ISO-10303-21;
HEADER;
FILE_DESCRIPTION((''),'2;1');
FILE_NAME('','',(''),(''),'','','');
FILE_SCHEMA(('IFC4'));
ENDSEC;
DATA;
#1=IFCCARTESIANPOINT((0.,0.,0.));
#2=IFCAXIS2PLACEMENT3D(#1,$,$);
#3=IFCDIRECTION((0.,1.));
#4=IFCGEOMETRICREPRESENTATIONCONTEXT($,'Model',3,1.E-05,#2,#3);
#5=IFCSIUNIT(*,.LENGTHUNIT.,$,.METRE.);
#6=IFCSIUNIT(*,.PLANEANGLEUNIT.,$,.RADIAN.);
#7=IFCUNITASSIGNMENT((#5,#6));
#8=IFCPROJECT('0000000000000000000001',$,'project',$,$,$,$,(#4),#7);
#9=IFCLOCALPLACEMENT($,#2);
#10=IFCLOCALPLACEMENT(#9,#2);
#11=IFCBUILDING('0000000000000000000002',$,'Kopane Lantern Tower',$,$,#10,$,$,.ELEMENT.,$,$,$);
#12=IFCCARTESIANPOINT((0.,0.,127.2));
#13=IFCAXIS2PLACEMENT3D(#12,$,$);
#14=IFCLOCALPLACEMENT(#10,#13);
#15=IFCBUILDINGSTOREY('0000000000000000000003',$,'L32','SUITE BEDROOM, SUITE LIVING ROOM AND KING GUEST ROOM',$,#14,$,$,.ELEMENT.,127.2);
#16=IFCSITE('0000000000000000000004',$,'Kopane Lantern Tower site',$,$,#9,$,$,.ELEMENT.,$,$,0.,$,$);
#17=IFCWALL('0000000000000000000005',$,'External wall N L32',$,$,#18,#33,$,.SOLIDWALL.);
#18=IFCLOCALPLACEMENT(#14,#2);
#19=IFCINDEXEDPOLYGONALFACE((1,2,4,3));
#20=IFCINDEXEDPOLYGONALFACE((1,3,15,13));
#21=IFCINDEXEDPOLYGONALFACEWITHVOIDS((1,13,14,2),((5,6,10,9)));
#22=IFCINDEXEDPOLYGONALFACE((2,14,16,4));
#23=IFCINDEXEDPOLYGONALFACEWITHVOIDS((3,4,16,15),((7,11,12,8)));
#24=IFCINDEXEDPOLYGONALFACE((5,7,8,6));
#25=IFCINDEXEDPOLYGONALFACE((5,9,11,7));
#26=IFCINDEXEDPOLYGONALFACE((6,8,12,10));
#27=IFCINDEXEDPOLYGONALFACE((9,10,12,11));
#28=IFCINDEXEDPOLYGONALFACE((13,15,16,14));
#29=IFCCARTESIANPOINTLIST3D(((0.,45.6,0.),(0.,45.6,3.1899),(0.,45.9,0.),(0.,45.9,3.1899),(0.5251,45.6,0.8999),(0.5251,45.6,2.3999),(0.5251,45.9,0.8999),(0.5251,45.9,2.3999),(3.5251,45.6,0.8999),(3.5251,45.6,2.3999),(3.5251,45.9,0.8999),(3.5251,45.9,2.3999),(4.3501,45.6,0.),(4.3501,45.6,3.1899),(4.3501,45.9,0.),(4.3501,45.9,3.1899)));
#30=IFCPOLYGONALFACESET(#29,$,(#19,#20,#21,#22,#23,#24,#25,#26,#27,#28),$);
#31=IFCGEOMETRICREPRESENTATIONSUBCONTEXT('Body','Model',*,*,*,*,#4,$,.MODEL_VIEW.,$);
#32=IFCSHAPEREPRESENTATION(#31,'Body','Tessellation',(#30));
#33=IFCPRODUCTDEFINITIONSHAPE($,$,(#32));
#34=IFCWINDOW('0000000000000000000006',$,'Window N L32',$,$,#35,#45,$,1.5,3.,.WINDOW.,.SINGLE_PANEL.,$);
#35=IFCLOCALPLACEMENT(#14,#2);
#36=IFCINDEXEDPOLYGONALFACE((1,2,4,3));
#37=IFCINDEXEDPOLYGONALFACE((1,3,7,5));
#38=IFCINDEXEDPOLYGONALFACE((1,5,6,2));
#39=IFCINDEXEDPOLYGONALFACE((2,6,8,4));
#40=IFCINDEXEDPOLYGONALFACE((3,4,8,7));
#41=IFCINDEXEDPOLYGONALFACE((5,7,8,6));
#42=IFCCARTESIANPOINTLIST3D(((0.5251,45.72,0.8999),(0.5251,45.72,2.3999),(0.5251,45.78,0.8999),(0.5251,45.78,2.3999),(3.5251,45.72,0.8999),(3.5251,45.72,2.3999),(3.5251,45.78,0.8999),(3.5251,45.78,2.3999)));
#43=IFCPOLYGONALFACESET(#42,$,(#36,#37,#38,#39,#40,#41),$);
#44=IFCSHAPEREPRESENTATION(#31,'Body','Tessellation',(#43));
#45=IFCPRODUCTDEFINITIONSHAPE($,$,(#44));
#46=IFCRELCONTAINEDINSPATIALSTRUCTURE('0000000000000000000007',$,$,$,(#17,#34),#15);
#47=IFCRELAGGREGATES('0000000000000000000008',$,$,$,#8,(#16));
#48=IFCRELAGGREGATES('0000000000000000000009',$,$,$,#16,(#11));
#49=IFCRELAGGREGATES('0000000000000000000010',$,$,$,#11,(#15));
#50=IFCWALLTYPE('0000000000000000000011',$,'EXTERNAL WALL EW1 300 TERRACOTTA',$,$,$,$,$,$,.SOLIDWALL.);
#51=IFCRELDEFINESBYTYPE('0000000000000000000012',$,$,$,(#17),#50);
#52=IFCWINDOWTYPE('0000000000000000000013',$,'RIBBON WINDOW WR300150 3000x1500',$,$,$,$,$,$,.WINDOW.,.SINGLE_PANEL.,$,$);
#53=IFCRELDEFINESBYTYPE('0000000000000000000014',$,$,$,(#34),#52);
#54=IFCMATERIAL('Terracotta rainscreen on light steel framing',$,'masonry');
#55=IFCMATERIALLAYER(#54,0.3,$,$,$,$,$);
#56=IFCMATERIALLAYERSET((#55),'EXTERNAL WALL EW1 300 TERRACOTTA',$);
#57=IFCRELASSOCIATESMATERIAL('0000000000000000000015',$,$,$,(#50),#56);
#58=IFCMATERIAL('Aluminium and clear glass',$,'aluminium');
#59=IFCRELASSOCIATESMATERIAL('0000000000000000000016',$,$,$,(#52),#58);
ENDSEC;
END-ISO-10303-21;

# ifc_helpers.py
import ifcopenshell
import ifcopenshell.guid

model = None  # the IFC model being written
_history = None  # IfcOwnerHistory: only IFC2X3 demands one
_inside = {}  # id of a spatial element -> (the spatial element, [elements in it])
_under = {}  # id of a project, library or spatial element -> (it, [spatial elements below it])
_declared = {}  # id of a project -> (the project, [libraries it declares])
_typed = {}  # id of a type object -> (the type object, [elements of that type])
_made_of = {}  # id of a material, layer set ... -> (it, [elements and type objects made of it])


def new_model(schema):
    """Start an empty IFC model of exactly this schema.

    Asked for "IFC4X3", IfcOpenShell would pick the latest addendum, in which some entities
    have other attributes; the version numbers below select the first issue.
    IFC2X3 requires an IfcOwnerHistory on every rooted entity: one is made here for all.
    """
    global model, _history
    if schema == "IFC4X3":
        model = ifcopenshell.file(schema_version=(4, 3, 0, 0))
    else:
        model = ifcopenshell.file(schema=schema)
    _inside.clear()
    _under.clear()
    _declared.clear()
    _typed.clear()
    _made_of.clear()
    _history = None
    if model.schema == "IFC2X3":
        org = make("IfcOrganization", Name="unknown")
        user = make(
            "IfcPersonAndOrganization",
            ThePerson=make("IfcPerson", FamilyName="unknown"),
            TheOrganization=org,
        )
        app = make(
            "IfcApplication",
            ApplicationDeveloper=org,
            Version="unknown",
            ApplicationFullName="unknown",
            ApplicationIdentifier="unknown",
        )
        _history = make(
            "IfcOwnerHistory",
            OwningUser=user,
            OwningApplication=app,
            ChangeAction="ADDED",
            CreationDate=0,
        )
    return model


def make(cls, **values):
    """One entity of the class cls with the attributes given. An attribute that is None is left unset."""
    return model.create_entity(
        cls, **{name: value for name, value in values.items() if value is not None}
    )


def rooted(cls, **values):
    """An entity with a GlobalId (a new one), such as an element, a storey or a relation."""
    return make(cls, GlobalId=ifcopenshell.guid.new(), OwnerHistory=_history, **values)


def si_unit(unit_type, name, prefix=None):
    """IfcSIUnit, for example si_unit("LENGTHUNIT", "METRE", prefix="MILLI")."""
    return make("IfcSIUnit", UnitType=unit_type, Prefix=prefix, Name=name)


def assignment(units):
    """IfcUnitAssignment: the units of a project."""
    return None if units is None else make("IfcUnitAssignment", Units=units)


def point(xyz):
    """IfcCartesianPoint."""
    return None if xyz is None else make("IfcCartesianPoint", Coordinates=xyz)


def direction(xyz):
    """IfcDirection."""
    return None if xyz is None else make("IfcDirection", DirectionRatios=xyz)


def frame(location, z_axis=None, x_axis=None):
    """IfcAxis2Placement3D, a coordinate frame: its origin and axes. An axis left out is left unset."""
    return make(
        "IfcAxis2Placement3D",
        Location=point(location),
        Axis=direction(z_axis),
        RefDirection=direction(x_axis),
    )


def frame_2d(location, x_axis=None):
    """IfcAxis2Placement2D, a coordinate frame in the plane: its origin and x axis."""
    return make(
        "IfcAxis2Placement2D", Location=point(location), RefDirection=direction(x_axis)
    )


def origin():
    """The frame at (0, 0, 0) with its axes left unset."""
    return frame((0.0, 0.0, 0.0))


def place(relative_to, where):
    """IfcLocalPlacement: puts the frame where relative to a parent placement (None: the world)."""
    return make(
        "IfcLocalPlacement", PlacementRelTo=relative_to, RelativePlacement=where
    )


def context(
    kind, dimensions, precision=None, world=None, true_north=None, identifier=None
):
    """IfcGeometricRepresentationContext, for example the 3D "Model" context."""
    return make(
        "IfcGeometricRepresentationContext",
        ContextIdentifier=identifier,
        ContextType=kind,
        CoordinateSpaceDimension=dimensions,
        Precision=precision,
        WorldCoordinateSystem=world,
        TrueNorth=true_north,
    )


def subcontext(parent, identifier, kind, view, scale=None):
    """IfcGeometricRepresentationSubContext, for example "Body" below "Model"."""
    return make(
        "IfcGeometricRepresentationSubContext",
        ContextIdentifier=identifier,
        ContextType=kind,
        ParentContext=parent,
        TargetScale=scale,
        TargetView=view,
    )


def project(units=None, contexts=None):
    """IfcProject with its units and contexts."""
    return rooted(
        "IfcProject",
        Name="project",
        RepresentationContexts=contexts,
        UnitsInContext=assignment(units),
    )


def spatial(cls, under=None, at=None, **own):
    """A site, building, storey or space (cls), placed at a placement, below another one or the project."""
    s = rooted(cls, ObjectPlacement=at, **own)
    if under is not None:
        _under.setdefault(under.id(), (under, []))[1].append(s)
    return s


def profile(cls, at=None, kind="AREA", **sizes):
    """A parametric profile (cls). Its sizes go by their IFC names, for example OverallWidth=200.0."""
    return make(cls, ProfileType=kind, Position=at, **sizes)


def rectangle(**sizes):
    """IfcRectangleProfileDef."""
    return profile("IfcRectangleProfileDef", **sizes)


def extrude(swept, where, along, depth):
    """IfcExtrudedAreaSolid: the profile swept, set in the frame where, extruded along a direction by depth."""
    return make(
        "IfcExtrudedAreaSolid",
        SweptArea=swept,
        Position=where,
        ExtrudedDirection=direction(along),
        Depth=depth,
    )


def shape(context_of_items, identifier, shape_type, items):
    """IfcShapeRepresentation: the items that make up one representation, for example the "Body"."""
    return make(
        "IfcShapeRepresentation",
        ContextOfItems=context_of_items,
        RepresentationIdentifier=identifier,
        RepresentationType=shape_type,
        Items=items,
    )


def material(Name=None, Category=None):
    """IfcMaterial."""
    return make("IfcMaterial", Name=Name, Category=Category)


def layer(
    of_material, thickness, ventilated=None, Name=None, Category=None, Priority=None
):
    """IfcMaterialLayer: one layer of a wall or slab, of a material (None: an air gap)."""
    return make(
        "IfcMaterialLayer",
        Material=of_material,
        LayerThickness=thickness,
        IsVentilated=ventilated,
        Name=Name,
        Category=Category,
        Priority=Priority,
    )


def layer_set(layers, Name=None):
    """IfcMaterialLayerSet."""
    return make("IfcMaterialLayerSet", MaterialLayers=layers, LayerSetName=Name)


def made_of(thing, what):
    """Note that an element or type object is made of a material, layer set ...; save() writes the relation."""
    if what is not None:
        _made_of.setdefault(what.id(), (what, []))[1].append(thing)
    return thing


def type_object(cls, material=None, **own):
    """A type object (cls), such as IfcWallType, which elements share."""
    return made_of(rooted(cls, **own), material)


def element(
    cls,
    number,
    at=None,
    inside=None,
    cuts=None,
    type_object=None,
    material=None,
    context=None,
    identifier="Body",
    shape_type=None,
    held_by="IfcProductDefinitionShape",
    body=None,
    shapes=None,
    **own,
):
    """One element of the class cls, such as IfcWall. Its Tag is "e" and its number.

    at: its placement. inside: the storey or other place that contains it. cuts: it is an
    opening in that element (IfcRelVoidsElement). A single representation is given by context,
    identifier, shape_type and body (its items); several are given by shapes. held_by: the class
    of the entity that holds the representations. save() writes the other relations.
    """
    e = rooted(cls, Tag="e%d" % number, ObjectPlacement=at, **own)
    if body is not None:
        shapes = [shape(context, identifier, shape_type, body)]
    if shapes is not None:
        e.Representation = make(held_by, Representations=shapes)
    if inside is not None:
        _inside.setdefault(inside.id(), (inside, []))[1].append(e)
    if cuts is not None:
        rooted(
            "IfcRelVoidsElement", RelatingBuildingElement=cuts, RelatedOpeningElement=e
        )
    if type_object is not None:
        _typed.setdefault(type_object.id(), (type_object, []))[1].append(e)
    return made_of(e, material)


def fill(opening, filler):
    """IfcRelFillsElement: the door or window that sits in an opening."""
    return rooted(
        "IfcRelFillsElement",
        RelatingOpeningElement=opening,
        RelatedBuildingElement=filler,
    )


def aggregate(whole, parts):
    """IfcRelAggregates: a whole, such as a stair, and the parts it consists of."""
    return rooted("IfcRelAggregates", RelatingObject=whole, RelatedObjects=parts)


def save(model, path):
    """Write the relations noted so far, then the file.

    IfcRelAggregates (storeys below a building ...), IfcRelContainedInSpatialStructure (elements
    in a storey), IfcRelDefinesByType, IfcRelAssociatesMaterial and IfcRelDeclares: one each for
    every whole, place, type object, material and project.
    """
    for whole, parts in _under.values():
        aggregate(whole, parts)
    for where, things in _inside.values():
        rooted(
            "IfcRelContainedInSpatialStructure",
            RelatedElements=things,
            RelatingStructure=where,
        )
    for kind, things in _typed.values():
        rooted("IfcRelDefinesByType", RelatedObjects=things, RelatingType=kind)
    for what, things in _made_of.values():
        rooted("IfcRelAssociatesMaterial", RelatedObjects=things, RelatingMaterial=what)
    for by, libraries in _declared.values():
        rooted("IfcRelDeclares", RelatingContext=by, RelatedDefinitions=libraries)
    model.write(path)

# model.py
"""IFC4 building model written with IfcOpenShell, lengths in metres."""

from ifc_helpers import new_model, si_unit, direction, frame, frame_2d, origin, place, context, subcontext, project, spatial, rectangle, extrude, material, layer, layer_set, type_object, element, fill, save


model = new_model("IFC4")

# Units and contexts
model_context = context("Model", 3, precision=1e-05, world=origin(), true_north=direction((0.0, 1.0)))
body_context = subcontext(model_context, "Body", "Model", "MODEL_VIEW")
ifc_project = project(units=[si_unit("LENGTHUNIT", "METRE"), si_unit("PLANEANGLEUNIT", "RADIAN")], contexts=[model_context])

# Site, building, storey
site_placement = place(None, origin())
site = spatial("IfcSite", under=ifc_project, at=site_placement, Name="Kopane Lantern Tower site", CompositionType="ELEMENT", RefElevation=0.0)
building_placement = place(site_placement, origin())
building = spatial("IfcBuilding", under=site, at=building_placement, Name="Kopane Lantern Tower", CompositionType="ELEMENT")
storey_placement = place(building_placement, frame((0.0, 0.0, 127.2)))
storey = spatial("IfcBuildingStorey", under=building, at=storey_placement, Name="L32", Description="SUITE BEDROOM, SUITE LIVING ROOM AND KING GUEST ROOM", CompositionType="ELEMENT", Elevation=127.2)

# Wall, opening, window
ifc_material_1 = material(Name="Terracotta rainscreen on light steel framing", Category="masonry")
ifc_layer_1 = layer(ifc_material_1, 0.3)
ifc_layer_set_1 = layer_set([ifc_layer_1], Name="EXTERNAL WALL EW1 300 TERRACOTTA")
wall_type_1 = type_object("IfcWallType", Name="EXTERNAL WALL EW1 300 TERRACOTTA", PredefinedType="SOLIDWALL", material=ifc_layer_set_1)
ifc_material_2 = material(Name="Aluminium and clear glass", Category="aluminium")
window_type_1 = type_object("IfcWindowType", Name="RIBBON WINDOW WR300150 3000x1500", PartitioningType="SINGLE_PANEL", PredefinedType="WINDOW", material=ifc_material_2)
wall_1_placement = place(storey_placement, frame((4.3501, 45.75, 0.0), z_axis=(0.0, 0.0, 1.0), x_axis=(-1.0, 0.0, 0.0)))
wall_1 = element("IfcWall", 1, at=wall_1_placement, inside=storey, type_object=wall_type_1, Name="External wall N L32", PredefinedType="SOLIDWALL", context=body_context, shape_type="SweptSolid", body=[
    extrude(rectangle(XDim=4.3501, YDim=0.3, at=frame_2d((2.175, 0.0))), origin(), (0.0, 0.0, 1.0), 3.1899),
])
opening_1_placement = place(wall_1_placement, frame((0.825, 0.0, 0.8999)))
opening_1 = element("IfcOpeningElement", 2, at=opening_1_placement, cuts=wall_1, PredefinedType="OPENING", context=body_context, shape_type="SweptSolid", body=[
    extrude(rectangle(XDim=3.0, YDim=1.5, at=frame_2d((1.5, 0.75))), frame((0.0, 0.1599, 0.0), z_axis=(0.0, -1.0, 0.0), x_axis=(1.0, 0.0, 0.0)), (0.0, 0.0, 1.0), 0.3201),
])
window_1_placement = place(opening_1_placement, origin())
window_1 = element("IfcWindow", 3, at=window_1_placement, inside=storey, type_object=window_type_1, Name="Window N L32", OverallHeight=1.5, OverallWidth=3.0, PartitioningType="SINGLE_PANEL", PredefinedType="WINDOW", context=body_context, shape_type="SweptSolid", body=[
    extrude(rectangle(XDim=3.0, YDim=1.5, at=frame_2d((1.5, 0.75))), frame((0.0, 0.03, 0.0), z_axis=(0.0, -1.0, 0.0), x_axis=(1.0, 0.0, 0.0)), (0.0, 0.0, 1.0), 0.0601),
])
fill(opening_1, window_1)

save(model, "model.ifc")
